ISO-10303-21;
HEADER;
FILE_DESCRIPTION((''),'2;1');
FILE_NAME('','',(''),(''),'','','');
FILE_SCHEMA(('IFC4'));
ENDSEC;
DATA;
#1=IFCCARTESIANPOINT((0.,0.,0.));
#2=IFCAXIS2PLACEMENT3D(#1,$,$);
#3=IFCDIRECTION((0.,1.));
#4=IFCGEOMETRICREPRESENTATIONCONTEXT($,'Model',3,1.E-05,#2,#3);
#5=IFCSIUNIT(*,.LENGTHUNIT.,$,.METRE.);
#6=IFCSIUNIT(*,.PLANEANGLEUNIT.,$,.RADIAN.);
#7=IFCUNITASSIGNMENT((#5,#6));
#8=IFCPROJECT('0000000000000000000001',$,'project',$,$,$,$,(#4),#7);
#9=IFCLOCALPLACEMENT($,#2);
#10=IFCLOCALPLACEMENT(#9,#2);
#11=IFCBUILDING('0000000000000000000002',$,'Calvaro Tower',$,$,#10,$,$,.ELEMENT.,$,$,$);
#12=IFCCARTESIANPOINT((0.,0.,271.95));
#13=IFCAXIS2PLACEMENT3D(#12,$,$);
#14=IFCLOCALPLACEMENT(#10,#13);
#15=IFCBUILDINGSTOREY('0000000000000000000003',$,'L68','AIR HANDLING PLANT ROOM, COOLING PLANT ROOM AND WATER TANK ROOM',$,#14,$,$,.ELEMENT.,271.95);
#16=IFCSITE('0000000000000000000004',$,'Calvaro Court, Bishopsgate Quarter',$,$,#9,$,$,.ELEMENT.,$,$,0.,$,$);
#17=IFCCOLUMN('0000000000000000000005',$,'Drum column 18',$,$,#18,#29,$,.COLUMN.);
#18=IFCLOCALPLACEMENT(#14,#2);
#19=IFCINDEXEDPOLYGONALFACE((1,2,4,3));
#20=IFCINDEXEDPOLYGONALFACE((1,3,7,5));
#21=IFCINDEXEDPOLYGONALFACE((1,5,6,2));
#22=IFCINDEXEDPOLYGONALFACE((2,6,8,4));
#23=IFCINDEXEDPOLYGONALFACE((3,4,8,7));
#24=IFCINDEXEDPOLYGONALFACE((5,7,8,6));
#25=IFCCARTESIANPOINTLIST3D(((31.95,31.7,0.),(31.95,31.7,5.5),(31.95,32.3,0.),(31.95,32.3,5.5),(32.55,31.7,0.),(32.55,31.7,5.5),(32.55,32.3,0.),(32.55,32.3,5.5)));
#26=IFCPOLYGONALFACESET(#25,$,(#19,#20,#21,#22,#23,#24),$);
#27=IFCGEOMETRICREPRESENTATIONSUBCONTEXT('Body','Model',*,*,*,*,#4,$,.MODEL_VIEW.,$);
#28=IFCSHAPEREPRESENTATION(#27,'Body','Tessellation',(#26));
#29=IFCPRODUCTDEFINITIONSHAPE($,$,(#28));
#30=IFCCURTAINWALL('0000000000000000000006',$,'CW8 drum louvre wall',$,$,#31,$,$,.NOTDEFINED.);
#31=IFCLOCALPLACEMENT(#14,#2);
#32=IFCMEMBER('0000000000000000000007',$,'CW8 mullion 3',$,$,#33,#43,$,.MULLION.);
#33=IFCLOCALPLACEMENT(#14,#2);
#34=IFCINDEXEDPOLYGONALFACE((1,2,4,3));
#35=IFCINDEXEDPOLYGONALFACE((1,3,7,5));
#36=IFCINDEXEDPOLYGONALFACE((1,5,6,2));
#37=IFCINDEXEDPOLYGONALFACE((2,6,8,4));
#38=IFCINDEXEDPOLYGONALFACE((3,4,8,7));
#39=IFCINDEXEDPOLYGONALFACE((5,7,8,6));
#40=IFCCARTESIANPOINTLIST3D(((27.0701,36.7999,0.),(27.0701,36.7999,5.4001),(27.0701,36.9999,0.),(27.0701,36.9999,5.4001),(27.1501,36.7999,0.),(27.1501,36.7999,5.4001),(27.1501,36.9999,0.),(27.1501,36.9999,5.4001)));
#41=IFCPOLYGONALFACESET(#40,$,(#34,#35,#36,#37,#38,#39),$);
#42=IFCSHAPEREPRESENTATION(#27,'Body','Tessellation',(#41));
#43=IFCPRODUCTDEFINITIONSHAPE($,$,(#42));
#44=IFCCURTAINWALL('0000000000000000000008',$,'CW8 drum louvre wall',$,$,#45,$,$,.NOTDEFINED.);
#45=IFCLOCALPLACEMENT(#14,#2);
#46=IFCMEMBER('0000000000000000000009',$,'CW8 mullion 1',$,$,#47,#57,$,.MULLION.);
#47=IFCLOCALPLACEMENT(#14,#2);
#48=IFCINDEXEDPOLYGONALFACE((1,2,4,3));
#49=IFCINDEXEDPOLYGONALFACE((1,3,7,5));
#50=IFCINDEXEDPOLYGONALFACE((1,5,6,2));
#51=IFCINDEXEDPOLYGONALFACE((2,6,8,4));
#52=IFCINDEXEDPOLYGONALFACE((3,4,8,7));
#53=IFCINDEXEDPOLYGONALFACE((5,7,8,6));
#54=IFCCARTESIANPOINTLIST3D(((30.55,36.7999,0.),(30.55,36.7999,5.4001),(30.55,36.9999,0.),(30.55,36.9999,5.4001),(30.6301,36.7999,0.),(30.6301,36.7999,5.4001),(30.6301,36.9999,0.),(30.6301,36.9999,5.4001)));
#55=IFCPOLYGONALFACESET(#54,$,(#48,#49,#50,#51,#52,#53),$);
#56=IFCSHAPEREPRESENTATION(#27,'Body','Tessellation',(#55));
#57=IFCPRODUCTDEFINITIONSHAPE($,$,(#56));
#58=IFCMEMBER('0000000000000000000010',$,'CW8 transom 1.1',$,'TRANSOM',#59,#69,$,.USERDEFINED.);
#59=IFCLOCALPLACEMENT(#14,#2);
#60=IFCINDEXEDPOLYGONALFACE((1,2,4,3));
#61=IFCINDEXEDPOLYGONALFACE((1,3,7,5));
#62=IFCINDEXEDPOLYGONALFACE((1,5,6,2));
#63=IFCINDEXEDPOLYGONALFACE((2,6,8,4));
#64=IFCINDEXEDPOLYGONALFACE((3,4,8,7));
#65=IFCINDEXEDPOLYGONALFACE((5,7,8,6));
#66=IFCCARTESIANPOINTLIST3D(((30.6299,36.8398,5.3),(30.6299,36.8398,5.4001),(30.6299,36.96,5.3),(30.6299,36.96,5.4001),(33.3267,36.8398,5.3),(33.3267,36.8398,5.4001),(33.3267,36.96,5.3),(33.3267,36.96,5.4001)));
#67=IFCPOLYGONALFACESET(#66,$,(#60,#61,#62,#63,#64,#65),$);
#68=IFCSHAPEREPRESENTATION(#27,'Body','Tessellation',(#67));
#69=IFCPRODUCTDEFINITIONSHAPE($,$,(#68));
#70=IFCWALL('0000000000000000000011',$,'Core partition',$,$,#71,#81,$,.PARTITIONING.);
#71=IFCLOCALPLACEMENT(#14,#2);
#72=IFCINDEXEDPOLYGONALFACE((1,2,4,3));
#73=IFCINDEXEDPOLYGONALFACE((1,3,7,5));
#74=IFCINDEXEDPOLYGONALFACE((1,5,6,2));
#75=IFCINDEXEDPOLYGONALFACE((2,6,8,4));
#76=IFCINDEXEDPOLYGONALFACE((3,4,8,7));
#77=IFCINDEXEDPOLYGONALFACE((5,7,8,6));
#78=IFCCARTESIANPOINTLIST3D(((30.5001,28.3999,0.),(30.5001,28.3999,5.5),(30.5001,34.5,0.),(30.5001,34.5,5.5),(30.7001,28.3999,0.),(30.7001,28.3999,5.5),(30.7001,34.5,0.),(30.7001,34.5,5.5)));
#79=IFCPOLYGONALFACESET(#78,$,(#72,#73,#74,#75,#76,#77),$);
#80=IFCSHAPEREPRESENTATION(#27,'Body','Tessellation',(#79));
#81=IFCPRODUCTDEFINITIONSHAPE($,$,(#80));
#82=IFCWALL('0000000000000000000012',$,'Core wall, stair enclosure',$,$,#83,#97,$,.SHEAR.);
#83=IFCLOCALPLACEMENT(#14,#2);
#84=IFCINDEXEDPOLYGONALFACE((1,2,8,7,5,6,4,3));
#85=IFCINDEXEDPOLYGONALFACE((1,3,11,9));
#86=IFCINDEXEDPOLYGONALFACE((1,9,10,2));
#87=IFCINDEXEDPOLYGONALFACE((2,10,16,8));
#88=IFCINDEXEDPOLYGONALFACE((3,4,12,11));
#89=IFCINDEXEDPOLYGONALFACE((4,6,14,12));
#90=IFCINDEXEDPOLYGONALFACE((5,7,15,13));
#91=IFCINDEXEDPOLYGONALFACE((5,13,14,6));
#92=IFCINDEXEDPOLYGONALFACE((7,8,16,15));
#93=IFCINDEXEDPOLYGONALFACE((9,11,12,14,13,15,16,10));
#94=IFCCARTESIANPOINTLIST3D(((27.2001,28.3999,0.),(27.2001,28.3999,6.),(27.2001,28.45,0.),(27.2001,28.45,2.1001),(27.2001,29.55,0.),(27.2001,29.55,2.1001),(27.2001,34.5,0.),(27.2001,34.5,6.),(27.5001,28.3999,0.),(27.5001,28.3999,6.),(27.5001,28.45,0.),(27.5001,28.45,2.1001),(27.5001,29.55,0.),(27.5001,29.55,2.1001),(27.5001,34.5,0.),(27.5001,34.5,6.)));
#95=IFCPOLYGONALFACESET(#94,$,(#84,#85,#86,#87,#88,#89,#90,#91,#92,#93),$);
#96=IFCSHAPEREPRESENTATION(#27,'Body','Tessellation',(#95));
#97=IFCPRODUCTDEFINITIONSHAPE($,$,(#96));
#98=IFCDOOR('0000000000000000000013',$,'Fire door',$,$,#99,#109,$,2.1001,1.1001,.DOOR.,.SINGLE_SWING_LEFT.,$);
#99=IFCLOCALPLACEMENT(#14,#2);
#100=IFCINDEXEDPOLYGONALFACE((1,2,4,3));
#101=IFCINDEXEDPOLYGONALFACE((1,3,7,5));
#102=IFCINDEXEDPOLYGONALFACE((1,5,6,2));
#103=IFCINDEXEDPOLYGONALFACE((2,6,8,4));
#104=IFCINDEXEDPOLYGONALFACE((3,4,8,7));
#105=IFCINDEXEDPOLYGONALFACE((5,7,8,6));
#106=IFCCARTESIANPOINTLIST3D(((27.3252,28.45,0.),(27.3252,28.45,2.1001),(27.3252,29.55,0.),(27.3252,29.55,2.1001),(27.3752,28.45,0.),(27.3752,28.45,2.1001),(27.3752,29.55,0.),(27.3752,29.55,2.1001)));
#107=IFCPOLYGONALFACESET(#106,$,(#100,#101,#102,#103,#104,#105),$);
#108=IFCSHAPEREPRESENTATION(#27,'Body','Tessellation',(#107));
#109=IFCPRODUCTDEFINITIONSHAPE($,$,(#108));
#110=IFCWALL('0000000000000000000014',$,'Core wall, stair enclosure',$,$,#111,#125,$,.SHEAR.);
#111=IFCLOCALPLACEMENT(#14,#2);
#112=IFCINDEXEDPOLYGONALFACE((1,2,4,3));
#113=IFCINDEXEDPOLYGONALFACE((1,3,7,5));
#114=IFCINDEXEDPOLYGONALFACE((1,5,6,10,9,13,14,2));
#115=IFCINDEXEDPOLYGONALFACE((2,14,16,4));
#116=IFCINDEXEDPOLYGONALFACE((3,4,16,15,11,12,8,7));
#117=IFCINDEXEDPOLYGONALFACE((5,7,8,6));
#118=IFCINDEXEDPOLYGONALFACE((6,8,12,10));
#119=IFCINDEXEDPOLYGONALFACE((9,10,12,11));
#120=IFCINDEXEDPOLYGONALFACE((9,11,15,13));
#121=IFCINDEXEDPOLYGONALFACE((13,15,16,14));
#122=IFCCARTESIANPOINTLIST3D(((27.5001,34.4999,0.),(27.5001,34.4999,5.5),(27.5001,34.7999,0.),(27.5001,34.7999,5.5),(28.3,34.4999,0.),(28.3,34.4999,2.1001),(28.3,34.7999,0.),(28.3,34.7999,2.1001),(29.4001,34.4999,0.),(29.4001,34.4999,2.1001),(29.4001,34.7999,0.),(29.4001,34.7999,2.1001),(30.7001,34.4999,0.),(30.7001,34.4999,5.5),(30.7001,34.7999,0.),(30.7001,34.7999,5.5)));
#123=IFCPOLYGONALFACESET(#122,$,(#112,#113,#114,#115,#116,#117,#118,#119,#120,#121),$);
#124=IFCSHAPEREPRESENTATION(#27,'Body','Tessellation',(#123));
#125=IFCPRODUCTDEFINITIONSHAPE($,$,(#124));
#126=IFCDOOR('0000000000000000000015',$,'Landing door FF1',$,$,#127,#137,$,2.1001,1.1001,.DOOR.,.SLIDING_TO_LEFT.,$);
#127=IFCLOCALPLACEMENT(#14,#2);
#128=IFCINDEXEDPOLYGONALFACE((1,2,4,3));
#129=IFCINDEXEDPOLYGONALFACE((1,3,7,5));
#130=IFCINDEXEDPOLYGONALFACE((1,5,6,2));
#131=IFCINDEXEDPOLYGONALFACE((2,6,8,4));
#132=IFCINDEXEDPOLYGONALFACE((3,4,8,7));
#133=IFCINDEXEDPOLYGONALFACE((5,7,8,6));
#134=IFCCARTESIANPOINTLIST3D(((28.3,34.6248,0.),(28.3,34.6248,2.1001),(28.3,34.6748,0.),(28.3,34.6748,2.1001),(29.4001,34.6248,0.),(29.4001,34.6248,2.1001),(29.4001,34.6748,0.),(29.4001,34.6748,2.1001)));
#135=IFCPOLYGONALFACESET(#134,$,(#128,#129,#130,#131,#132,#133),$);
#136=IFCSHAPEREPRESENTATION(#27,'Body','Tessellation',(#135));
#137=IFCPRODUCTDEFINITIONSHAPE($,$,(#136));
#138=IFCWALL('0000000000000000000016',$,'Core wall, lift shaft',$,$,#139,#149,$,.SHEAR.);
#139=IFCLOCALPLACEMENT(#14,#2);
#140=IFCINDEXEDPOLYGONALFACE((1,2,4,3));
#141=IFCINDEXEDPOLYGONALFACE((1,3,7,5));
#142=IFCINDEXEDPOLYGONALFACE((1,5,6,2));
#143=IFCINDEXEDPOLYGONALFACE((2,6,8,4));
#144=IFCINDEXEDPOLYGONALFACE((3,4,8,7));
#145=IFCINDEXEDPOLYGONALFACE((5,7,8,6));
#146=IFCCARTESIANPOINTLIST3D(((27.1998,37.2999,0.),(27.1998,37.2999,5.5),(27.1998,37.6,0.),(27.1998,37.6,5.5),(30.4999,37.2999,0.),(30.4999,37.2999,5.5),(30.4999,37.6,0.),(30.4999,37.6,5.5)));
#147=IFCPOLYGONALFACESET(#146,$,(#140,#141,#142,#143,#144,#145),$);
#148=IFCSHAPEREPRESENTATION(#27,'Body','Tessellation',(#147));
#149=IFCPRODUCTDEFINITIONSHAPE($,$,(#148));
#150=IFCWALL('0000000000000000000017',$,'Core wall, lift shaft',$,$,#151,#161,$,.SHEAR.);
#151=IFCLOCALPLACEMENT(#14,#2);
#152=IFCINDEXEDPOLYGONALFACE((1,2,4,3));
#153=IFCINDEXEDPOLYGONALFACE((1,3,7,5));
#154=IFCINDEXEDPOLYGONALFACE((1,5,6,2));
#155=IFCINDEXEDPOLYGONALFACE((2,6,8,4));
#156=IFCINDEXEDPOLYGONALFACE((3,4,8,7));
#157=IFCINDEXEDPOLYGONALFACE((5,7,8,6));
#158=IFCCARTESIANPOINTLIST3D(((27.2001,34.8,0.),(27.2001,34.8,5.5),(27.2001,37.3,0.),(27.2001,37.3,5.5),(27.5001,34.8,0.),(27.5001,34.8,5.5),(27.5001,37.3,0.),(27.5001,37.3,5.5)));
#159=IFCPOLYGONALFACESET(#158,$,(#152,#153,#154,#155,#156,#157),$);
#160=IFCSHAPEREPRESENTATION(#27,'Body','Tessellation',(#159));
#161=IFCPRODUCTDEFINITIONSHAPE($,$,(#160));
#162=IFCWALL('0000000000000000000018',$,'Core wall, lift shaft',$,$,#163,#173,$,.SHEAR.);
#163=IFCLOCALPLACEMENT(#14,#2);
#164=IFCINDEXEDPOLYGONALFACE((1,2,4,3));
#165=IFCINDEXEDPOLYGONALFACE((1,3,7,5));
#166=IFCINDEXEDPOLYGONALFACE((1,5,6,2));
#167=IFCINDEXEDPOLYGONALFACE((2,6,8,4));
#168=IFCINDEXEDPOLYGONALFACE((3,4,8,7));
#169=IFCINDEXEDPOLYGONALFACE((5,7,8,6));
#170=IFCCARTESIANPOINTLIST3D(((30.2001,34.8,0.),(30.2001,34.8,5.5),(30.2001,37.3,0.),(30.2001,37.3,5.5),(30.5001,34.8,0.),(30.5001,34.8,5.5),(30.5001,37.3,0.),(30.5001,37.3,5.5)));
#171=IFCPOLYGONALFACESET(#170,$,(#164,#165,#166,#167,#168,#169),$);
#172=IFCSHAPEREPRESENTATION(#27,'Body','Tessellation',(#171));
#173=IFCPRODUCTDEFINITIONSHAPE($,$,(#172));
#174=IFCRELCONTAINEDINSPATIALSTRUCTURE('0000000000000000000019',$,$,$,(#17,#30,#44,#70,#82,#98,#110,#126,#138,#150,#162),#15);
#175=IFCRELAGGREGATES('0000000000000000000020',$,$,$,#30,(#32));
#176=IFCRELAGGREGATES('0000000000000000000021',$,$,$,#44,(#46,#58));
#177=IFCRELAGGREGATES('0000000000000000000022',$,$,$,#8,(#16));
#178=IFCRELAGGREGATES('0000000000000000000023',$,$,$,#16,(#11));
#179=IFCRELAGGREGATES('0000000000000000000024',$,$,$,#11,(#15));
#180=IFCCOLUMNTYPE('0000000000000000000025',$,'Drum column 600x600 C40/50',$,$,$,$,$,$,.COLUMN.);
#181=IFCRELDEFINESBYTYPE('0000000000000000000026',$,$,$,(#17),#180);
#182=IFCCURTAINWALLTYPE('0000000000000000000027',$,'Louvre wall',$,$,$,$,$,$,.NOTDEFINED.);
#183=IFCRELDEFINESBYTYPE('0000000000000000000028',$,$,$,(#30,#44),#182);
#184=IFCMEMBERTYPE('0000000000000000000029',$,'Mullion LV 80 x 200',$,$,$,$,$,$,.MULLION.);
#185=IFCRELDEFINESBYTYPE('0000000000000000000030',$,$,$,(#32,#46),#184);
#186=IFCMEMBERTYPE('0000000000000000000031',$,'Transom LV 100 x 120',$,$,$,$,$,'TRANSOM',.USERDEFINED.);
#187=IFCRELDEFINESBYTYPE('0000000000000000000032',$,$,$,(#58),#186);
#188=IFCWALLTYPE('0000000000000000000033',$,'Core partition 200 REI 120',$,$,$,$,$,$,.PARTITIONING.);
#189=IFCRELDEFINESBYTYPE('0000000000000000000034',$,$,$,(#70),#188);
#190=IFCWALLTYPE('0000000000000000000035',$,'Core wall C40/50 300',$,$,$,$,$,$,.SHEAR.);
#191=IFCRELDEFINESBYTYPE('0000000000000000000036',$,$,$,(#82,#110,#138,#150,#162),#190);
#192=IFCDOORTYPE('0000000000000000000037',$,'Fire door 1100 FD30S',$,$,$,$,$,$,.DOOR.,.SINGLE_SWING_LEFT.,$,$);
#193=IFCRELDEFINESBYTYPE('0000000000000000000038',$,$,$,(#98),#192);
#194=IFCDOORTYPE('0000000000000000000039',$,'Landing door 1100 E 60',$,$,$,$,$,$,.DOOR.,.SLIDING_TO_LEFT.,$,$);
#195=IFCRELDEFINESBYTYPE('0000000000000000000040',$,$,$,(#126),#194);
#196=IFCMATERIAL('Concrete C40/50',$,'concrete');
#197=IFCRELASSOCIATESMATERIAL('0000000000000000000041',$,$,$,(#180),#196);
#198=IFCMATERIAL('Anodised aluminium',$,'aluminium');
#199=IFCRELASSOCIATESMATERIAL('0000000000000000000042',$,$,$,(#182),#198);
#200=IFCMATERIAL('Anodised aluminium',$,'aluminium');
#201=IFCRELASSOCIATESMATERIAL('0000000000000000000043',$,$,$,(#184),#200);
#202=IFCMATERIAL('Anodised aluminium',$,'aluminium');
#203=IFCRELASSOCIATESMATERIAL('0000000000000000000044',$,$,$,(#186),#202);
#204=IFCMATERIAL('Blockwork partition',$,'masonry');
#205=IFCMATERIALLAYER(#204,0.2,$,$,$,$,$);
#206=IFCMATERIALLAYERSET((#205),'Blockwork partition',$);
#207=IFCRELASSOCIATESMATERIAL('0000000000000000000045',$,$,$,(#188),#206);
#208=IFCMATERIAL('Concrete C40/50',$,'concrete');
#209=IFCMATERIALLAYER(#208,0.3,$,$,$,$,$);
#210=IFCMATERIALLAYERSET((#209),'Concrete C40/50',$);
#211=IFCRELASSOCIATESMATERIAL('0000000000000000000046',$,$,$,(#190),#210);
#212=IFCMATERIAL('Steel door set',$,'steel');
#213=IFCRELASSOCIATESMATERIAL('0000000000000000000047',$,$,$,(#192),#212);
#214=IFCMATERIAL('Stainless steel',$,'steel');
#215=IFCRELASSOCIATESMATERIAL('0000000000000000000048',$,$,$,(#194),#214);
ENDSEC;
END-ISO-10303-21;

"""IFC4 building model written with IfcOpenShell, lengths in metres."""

from ifc_helpers import new_model, si_unit, direction, frame, frame_2d, origin, origin_2d, place, context, subcontext, project, spatial, rectangle, extrude, material, layer, layer_set, material_profile, profile_set, type_object, element, fill, aggregate, save


model = new_model("IFC4")

# Units and contexts
model_context = context("Model", 3, precision=1e-05, world=origin(), true_north=direction((0.0, 1.0)))
body_context = subcontext(model_context, "Body", "Model", "MODEL_VIEW")
ifc_project = project(units=[si_unit("LENGTHUNIT", "METRE"), si_unit("PLANEANGLEUNIT", "RADIAN")], contexts=[model_context])

# Site, building, storey
site_placement = place(None, origin())
site = spatial("IfcSite", under=ifc_project, at=site_placement, Name="Calvaro Court, Bishopsgate Quarter", CompositionType="ELEMENT", RefElevation=0.0)
building_placement = place(site_placement, origin())
building = spatial("IfcBuilding", under=site, at=building_placement, Name="Calvaro Tower", CompositionType="ELEMENT")
storey_placement = place(building_placement, frame((0.0, 0.0, 271.95)))
storey = spatial("IfcBuildingStorey", under=building, at=storey_placement, Name="L68", Description="AIR HANDLING PLANT ROOM, COOLING PLANT ROOM AND WATER TANK ROOM", CompositionType="ELEMENT", Elevation=271.95)

# Column
ifc_material_1 = material(Name="Concrete C40/50", Category="concrete")
ifc_material_profile_1 = material_profile(ifc_material_1, rectangle(XDim=0.6001, YDim=0.6001, at=origin_2d()), Name="RC 600x600")
ifc_profile_set_1 = profile_set([ifc_material_profile_1], Name="Concrete C40/50")
column_type = type_object("IfcColumnType", Name="Drum column 600x600 C40/50", PredefinedType="COLUMN", material=ifc_profile_set_1)
column_placement = place(storey_placement, frame((32.25, 32.0, 0.0), z_axis=(0.0, 0.0, 1.0), x_axis=(1.0, 0.0, 0.0)))
element("IfcColumn", 1, at=column_placement, inside=storey, type_object=column_type, Name="Drum column 18", PredefinedType="COLUMN", context=body_context, shape_type="SweptSolid", body=[
    extrude(rectangle(XDim=0.6001, YDim=0.6001, at=origin_2d()), origin(), (0.0, 0.0, 1.0), 5.5),
])

# Curtain wall, member
ifc_material_2 = material(Name="Anodised aluminium", Category="aluminium")
curtain_wall_type = type_object("IfcCurtainWallType", Name="Louvre wall", PredefinedType="NOTDEFINED", material=ifc_material_2)
curtain_wall_1_placement = place(storey_placement, origin())
curtain_wall_1 = element("IfcCurtainWall", 2, at=curtain_wall_1_placement, inside=storey, type_object=curtain_wall_type, Name="CW8 drum louvre wall", PredefinedType="NOTDEFINED")
ifc_material_3 = material(Name="Anodised aluminium", Category="aluminium")
ifc_material_profile_2 = material_profile(ifc_material_3, rectangle(XDim=0.2, YDim=0.0801, at=origin_2d()), Name="Mullion LV 80 x 200")
ifc_profile_set_2 = profile_set([ifc_material_profile_2], Name="Anodised aluminium")
member_type_1 = type_object("IfcMemberType", Name="Mullion LV 80 x 200", PredefinedType="MULLION", material=ifc_profile_set_2)
member_1_placement = place(storey_placement, frame((27.1101, 36.8999, 0.0), z_axis=(0.0, 0.0, 1.0), x_axis=(0.0, 1.0, 0.0)))
member_1 = element("IfcMember", 3, at=member_1_placement, type_object=member_type_1, Name="CW8 mullion 3", PredefinedType="MULLION", context=body_context, shape_type="SweptSolid", body=[
    extrude(rectangle(XDim=0.2, YDim=0.0801, at=origin_2d()), origin(), (0.0, 0.0, 1.0), 5.4001),
])

# Curtain wall, members
curtain_wall_2_placement = place(storey_placement, origin())
curtain_wall_2 = element("IfcCurtainWall", 4, at=curtain_wall_2_placement, inside=storey, type_object=curtain_wall_type, Name="CW8 drum louvre wall", PredefinedType="NOTDEFINED")
member_2_placement = place(storey_placement, frame((30.5901, 36.8999, 0.0), z_axis=(0.0, 0.0, 1.0), x_axis=(0.0, 1.0, 0.0)))
member_2 = element("IfcMember", 5, at=member_2_placement, type_object=member_type_1, Name="CW8 mullion 1", PredefinedType="MULLION", context=body_context, shape_type="SweptSolid", body=[
    extrude(rectangle(XDim=0.2, YDim=0.0801, at=origin_2d()), origin(), (0.0, 0.0, 1.0), 5.4001),
])
ifc_material_4 = material(Name="Anodised aluminium", Category="aluminium")
ifc_material_profile_3 = material_profile(ifc_material_4, rectangle(XDim=0.1201, YDim=0.1001, at=origin_2d()), Name="Transom LV 100 x 120")
ifc_profile_set_3 = profile_set([ifc_material_profile_3], Name="Anodised aluminium")
member_type_2 = type_object("IfcMemberType", Name="Transom LV 100 x 120", ElementType="TRANSOM", PredefinedType="USERDEFINED", material=ifc_profile_set_3)
member_3_placement = place(storey_placement, frame((30.6299, 36.8999, 5.3501), z_axis=(1.0, 0.0, 0.0), x_axis=(0.0, 1.0, 0.0)))
member_3 = element("IfcMember", 6, at=member_3_placement, type_object=member_type_2, Name="CW8 transom 1.1", ObjectType="TRANSOM", PredefinedType="USERDEFINED", context=body_context, shape_type="SweptSolid", body=[
    extrude(rectangle(XDim=0.1201, YDim=0.1001, at=origin_2d()), origin(), (0.0, 0.0, 1.0), 2.6968),
])

# Wall
ifc_material_5 = material(Name="Blockwork partition", Category="masonry")
ifc_layer_1 = layer(ifc_material_5, 0.2)
ifc_layer_set_1 = layer_set([ifc_layer_1], Name="Blockwork partition")
wall_type_1 = type_object("IfcWallType", Name="Core partition 200 REI 120", PredefinedType="PARTITIONING", material=ifc_layer_set_1)
wall_1_placement = place(storey_placement, frame((30.6001, 28.3999, 0.0), z_axis=(0.0, 0.0, 1.0), x_axis=(0.0, 1.0, 0.0)))
element("IfcWall", 7, at=wall_1_placement, inside=storey, type_object=wall_type_1, Name="Core partition", PredefinedType="PARTITIONING", context=body_context, shape_type="SweptSolid", body=[
    extrude(rectangle(XDim=6.1001, YDim=0.2, at=frame_2d((3.05, 0.0))), origin(), (0.0, 0.0, 1.0), 5.5),
])

# Walls, openings, doors
ifc_material_6 = material(Name="Concrete C40/50", Category="concrete")
ifc_layer_2 = layer(ifc_material_6, 0.3)
ifc_layer_set_2 = layer_set([ifc_layer_2], Name="Concrete C40/50")
wall_type_2 = type_object("IfcWallType", Name="Core wall C40/50 300", PredefinedType="SHEAR", material=ifc_layer_set_2)
wall_2_placement = place(storey_placement, frame((27.3501, 28.3999, 0.0), z_axis=(0.0, 0.0, 1.0), x_axis=(0.0, 1.0, 0.0)))
wall_2 = element("IfcWall", 8, at=wall_2_placement, inside=storey, type_object=wall_type_2, Name="Core wall, stair enclosure", PredefinedType="SHEAR", context=body_context, shape_type="SweptSolid", body=[
    extrude(rectangle(XDim=6.1001, YDim=0.3, at=frame_2d((3.05, 0.0))), origin(), (0.0, 0.0, 1.0), 6.0),
])
opening_1_placement = place(wall_2_placement, frame((0.05, 0.0, 0.0)))
opening_1 = element("IfcOpeningElement", 9, at=opening_1_placement, cuts=wall_2, PredefinedType="OPENING", context=body_context, shape_type="SweptSolid", body=[
    extrude(rectangle(XDim=1.1001, YDim=2.1001, at=frame_2d((0.55, 1.05))), frame((0.0, 0.1599, 0.0), z_axis=(0.0, -1.0, 0.0), x_axis=(1.0, 0.0, 0.0)), (0.0, 0.0, 1.0), 0.3201),
])
ifc_material_7 = material(Name="Steel door set", Category="steel")
door_type_1 = type_object("IfcDoorType", Name="Fire door 1100 FD30S", OperationType="SINGLE_SWING_LEFT", PredefinedType="DOOR", material=ifc_material_7)
door_1_placement = place(opening_1_placement, origin())
door_1 = element("IfcDoor", 10, at=door_1_placement, inside=storey, type_object=door_type_1, Name="Fire door", OperationType="SINGLE_SWING_LEFT", OverallHeight=2.1001, OverallWidth=1.1001, PredefinedType="DOOR", context=body_context, shape_type="SweptSolid", body=[
    extrude(rectangle(XDim=1.1001, YDim=2.1001, at=frame_2d((0.55, 1.05))), frame((0.0, 0.0249, 0.0), z_axis=(0.0, -1.0, 0.0), x_axis=(1.0, 0.0, 0.0)), (0.0, 0.0, 1.0), 0.05),
])
fill(opening_1, door_1)
wall_3_placement = place(storey_placement, frame((27.5, 34.6499, 0.0), z_axis=(0.0, 0.0, 1.0), x_axis=(1.0, 0.0, 0.0)))
wall_3 = element("IfcWall", 11, at=wall_3_placement, inside=storey, type_object=wall_type_2, Name="Core wall, stair enclosure", PredefinedType="SHEAR", context=body_context, shape_type="SweptSolid", body=[
    extrude(rectangle(XDim=3.2, YDim=0.3, at=frame_2d((1.6001, 0.0))), origin(), (0.0, 0.0, 1.0), 5.5),
])
opening_2_placement = place(wall_3_placement, frame((0.8, 0.0, 0.0)))
opening_2 = element("IfcOpeningElement", 12, at=opening_2_placement, cuts=wall_3, PredefinedType="OPENING", context=body_context, shape_type="SweptSolid", body=[
    extrude(rectangle(XDim=1.1001, YDim=2.1001, at=frame_2d((0.55, 1.05))), frame((0.0, 0.1599, 0.0), z_axis=(0.0, -1.0, 0.0), x_axis=(1.0, 0.0, 0.0)), (0.0, 0.0, 1.0), 0.3201),
])
ifc_material_8 = material(Name="Stainless steel", Category="steel")
door_type_2 = type_object("IfcDoorType", Name="Landing door 1100 E 60", OperationType="SLIDING_TO_LEFT", PredefinedType="DOOR", material=ifc_material_8)
door_2_placement = place(opening_2_placement, origin())
door_2 = element("IfcDoor", 13, at=door_2_placement, inside=storey, type_object=door_type_2, Name="Landing door FF1", OperationType="SLIDING_TO_LEFT", OverallHeight=2.1001, OverallWidth=1.1001, PredefinedType="DOOR", context=body_context, shape_type="SweptSolid", body=[
    extrude(rectangle(XDim=1.1001, YDim=2.1001, at=frame_2d((0.55, 1.05))), frame((0.0, 0.0249, 0.0), z_axis=(0.0, -1.0, 0.0), x_axis=(1.0, 0.0, 0.0)), (0.0, 0.0, 1.0), 0.05),
])
fill(opening_2, door_2)

# Walls
wall_4_placement = place(storey_placement, frame((27.2, 37.45, 0.0), z_axis=(0.0, 0.0, 1.0), x_axis=(1.0, 0.0, 0.0)))
element("IfcWall", 14, at=wall_4_placement, inside=storey, type_object=wall_type_2, Name="Core wall, lift shaft", PredefinedType="SHEAR", context=body_context, shape_type="SweptSolid", body=[
    extrude(rectangle(XDim=3.3, YDim=0.3, at=frame_2d((1.6499, 0.0))), origin(), (0.0, 0.0, 1.0), 5.5),
])
for number, where, z_axis, x_axis, name in (
    (15, (27.3501, 34.8, 0.0), (0.0, 0.0, 1.0), (0.0, 1.0, 0.0), "Core wall, lift shaft"),
    (16, (30.3501, 34.8, 0.0), (0.0, 0.0, 1.0), (0.0, 1.0, 0.0), "Core wall, lift shaft"),
):
    element("IfcWall", number, at=place(storey_placement, frame(where, z_axis=z_axis, x_axis=x_axis)), inside=storey, type_object=wall_type_2, Name=name, PredefinedType="SHEAR", context=body_context, shape_type="SweptSolid", body=[
        extrude(rectangle(XDim=2.5, YDim=0.3, at=frame_2d((1.25, 0.0))), origin(), (0.0, 0.0, 1.0), 5.5),
    ])

aggregate(curtain_wall_1, [member_1])
aggregate(curtain_wall_2, [member_2, member_3])

save(model, "model.ifc")
